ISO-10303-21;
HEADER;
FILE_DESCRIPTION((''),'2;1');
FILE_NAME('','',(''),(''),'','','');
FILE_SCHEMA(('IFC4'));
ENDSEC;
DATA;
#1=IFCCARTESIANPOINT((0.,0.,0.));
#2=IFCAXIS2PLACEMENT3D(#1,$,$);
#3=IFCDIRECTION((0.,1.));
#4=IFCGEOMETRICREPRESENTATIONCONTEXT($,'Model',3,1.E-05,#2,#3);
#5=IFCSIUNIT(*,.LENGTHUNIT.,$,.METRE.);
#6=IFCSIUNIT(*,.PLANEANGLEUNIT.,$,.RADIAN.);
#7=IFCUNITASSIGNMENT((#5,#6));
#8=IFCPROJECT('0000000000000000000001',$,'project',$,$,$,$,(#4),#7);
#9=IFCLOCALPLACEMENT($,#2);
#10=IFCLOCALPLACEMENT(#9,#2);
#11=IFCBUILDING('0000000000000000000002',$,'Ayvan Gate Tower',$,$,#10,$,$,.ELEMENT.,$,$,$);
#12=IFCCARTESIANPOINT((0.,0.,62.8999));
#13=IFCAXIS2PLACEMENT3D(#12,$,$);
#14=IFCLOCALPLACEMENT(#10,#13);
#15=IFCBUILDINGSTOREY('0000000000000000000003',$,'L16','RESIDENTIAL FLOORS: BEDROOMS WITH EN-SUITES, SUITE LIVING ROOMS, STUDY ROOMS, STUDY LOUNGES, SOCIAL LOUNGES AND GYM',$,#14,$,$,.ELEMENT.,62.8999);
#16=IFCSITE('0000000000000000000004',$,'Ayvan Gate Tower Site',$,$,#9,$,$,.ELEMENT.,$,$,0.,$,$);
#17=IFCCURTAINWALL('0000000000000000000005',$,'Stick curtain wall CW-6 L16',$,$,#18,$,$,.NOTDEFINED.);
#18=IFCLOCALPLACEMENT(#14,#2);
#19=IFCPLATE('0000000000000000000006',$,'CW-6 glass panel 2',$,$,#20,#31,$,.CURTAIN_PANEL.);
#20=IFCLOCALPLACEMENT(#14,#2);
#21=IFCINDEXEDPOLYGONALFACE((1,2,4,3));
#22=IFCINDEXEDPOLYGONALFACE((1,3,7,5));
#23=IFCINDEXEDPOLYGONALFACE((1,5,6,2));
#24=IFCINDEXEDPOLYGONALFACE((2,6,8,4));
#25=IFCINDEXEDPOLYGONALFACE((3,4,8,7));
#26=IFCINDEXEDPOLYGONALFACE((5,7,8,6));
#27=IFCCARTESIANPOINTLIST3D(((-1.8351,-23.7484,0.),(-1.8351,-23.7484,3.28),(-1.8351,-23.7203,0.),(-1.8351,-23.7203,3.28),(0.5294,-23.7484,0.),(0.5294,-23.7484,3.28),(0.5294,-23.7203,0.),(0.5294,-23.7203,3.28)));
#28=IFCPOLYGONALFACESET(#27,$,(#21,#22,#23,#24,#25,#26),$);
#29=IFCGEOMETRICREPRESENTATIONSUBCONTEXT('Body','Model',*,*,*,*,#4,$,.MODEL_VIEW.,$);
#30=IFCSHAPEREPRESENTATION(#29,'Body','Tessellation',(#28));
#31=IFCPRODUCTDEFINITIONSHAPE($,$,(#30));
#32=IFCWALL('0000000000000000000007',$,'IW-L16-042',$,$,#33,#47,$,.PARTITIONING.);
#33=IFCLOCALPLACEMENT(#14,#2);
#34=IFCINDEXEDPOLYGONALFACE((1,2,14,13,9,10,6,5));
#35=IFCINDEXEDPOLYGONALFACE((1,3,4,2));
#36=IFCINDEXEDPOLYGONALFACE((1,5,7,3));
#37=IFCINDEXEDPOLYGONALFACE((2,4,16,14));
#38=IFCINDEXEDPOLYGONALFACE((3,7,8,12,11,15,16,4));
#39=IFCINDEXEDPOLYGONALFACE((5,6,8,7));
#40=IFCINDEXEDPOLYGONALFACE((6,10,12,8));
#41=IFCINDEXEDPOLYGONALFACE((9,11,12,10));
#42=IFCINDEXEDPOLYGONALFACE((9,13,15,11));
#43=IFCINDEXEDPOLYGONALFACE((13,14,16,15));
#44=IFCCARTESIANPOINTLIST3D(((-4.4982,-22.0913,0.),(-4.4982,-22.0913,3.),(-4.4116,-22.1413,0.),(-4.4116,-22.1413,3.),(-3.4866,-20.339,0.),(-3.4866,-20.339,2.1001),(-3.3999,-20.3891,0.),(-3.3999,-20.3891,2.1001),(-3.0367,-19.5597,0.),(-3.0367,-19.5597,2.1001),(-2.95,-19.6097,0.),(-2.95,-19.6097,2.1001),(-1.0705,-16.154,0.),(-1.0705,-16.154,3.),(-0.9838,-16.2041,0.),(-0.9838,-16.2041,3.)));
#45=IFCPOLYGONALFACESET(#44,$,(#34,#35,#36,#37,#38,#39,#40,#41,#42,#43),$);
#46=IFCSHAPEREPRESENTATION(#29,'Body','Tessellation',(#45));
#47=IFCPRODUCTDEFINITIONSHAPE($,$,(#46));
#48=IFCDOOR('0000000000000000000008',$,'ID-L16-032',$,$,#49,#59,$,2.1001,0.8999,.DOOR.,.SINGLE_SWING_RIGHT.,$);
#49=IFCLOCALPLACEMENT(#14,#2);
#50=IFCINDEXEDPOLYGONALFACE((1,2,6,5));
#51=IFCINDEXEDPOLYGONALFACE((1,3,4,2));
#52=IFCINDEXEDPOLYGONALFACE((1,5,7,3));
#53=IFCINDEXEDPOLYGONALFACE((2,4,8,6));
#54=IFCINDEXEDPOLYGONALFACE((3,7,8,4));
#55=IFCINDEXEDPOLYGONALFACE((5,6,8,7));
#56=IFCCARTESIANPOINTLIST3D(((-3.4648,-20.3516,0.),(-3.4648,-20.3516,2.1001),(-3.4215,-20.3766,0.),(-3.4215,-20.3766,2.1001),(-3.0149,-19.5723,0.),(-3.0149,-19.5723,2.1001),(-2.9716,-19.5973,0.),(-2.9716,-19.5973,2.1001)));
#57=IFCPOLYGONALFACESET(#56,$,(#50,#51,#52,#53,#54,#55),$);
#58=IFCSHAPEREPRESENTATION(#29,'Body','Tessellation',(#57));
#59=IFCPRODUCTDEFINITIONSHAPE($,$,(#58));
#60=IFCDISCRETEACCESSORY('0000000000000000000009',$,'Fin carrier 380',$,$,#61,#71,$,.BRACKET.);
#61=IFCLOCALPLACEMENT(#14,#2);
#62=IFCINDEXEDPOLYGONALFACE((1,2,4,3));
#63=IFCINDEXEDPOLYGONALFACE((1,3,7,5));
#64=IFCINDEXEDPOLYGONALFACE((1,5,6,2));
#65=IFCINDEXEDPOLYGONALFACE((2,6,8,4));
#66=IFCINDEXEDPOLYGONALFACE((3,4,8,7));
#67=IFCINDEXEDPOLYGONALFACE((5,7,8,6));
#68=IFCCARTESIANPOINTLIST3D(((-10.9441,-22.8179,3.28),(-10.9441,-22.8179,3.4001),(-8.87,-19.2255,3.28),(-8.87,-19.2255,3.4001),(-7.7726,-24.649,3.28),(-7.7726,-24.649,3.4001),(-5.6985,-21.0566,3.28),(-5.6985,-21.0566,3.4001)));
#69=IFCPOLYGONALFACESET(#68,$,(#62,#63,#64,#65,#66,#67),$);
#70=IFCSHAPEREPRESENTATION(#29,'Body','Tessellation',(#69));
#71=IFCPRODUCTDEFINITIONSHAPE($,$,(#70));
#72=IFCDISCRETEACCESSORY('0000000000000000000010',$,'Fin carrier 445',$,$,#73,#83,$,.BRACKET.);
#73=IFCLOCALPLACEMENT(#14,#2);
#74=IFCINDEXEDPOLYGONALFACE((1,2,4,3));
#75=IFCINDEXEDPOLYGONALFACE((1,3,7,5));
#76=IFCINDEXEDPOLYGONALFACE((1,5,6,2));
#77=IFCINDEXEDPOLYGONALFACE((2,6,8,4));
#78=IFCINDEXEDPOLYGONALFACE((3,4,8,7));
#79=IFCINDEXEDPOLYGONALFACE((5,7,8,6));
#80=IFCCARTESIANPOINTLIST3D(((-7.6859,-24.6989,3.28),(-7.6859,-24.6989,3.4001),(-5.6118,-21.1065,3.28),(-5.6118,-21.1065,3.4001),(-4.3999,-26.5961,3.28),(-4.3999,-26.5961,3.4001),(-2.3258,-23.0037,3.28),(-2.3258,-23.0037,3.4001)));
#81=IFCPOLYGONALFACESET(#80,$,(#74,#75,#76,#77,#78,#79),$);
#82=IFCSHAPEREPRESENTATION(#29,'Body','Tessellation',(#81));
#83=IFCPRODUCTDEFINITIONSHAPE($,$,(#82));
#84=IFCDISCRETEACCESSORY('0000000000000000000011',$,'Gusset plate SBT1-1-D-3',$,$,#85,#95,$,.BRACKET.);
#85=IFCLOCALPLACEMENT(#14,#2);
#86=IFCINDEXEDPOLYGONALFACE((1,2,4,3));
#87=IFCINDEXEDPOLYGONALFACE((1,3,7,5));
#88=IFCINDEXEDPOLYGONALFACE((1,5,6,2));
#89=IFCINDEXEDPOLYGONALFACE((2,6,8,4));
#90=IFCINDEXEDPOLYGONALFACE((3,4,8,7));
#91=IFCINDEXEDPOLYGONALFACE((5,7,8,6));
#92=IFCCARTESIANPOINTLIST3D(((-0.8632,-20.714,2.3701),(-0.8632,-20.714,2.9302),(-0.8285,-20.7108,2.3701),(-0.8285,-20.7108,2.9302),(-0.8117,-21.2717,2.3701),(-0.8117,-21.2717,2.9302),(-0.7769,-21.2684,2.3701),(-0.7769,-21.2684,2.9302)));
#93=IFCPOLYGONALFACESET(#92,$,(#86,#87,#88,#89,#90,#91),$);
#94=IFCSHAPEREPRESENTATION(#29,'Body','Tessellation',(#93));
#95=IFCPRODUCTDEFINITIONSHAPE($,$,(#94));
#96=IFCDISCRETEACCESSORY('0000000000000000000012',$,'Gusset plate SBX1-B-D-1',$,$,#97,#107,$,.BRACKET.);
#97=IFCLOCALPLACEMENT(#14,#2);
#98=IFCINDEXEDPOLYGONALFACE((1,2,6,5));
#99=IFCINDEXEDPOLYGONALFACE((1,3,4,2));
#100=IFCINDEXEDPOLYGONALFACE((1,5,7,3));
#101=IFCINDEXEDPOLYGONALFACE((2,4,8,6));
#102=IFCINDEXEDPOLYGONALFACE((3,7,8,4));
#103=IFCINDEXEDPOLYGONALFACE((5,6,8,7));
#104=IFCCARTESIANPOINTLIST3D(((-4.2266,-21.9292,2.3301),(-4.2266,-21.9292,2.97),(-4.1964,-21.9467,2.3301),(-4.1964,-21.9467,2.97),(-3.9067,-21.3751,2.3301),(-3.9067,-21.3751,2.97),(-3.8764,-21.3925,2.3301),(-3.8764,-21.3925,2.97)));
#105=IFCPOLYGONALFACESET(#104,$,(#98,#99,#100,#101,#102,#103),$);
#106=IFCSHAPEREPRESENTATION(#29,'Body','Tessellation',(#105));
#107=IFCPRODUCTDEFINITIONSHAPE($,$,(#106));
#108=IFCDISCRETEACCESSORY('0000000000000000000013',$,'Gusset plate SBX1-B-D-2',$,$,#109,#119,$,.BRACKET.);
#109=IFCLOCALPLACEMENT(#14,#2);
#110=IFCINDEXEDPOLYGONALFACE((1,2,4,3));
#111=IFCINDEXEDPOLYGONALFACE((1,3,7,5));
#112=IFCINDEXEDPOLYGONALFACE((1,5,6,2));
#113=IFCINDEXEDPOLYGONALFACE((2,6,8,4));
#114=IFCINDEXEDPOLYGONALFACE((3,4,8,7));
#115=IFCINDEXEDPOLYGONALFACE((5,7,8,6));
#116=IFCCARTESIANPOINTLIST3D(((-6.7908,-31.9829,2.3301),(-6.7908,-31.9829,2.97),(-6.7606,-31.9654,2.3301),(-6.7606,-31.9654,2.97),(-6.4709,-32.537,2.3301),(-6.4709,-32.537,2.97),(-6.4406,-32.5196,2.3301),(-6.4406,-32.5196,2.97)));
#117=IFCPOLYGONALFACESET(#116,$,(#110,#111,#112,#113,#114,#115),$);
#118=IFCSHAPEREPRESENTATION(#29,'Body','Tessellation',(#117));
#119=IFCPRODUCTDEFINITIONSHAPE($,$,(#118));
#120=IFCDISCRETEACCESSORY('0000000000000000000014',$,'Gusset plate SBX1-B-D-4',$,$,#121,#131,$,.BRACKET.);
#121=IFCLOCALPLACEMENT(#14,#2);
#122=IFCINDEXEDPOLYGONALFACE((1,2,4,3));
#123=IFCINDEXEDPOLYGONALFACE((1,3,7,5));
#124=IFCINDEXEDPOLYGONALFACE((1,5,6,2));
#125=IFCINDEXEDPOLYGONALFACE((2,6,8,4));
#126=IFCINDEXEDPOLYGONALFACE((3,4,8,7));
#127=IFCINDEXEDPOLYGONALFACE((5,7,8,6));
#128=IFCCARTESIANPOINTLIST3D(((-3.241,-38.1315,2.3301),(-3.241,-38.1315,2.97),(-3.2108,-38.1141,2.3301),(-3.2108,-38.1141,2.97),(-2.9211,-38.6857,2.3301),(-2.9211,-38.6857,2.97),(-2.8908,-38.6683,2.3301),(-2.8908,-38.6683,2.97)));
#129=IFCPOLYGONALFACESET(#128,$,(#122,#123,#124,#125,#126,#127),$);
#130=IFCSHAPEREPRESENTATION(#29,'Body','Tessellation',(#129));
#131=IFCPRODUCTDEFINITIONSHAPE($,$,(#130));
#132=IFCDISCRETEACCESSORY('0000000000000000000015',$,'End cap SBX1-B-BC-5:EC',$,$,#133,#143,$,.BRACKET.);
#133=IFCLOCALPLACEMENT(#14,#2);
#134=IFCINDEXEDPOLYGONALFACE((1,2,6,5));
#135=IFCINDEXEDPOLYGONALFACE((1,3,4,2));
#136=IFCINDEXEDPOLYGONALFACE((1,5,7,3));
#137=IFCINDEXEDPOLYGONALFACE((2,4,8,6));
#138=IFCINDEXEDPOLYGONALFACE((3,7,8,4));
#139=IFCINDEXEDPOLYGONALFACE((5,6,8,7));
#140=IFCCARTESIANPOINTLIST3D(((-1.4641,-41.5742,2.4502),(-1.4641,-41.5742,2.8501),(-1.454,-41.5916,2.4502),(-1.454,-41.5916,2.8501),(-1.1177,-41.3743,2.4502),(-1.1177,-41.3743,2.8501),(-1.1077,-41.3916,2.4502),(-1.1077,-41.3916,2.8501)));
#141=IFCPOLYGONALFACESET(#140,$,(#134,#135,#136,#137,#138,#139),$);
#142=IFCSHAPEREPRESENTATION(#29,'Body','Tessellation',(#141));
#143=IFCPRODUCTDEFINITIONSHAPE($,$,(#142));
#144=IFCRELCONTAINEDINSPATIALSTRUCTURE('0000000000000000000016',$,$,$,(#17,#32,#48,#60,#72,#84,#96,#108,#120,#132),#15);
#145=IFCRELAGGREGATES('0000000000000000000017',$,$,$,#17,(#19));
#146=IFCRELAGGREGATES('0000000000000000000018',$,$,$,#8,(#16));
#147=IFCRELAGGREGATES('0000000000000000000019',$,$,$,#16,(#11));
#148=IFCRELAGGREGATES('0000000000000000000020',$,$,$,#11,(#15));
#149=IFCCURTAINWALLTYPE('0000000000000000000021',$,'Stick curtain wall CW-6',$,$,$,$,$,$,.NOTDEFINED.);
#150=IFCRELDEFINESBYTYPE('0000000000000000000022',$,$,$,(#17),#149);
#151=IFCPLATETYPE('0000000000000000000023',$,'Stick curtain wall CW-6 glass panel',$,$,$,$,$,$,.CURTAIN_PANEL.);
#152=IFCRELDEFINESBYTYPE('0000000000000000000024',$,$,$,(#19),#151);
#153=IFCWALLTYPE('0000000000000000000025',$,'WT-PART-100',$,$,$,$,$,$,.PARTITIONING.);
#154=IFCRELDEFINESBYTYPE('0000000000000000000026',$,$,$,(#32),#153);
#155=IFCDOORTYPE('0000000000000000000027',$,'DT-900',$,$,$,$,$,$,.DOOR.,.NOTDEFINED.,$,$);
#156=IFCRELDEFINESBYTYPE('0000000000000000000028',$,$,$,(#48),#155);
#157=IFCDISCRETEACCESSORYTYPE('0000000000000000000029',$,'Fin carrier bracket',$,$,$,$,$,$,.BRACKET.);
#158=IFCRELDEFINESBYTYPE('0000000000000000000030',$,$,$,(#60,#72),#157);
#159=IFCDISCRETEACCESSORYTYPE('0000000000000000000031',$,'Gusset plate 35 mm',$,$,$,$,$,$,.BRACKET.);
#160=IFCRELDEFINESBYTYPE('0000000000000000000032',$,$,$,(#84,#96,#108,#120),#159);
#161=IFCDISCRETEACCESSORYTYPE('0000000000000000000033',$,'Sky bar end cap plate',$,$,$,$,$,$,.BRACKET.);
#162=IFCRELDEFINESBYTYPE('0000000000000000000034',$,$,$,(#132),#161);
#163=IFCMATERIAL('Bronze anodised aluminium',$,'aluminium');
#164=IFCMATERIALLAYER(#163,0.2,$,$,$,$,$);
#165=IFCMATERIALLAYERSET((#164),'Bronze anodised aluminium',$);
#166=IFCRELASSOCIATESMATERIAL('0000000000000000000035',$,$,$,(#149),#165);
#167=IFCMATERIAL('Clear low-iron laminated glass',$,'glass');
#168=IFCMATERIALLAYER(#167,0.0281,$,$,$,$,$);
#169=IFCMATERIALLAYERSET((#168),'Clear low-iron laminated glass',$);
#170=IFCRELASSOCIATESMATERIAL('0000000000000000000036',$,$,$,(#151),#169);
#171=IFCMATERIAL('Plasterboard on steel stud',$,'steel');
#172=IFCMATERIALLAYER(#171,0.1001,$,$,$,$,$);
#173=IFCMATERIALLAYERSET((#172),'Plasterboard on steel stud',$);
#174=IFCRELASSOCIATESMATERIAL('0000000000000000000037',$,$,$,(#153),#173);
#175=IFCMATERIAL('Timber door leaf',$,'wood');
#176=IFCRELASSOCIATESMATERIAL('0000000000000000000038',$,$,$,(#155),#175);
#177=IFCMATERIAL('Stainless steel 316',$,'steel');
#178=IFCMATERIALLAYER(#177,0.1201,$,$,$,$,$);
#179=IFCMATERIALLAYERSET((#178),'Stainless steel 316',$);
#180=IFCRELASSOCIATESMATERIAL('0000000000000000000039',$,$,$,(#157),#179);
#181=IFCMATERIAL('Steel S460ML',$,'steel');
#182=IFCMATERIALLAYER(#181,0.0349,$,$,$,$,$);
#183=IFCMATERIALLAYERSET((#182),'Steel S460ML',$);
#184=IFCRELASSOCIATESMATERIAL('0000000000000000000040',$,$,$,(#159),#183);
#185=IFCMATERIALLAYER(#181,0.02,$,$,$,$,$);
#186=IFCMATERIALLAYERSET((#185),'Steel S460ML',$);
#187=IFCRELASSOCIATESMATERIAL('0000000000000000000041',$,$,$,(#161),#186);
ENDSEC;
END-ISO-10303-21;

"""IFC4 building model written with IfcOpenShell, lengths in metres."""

from ifc_helpers import new_model, si_unit, direction, frame, frame_2d, origin, origin_2d, place, context, subcontext, project, spatial, rectangle, extrude, material, layer, layer_set, type_object, element, fill, aggregate, save


model = new_model("IFC4")

# Units and contexts
model_context = context("Model", 3, precision=1e-05, world=origin(), true_north=direction((0.0, 1.0)))
body_context = subcontext(model_context, "Body", "Model", "MODEL_VIEW")
ifc_project = project(units=[si_unit("LENGTHUNIT", "METRE"), si_unit("PLANEANGLEUNIT", "RADIAN")], contexts=[model_context])

# Site, building, storey
site_placement = place(None, origin())
site = spatial("IfcSite", under=ifc_project, at=site_placement, Name="Ayvan Gate Tower Site", CompositionType="ELEMENT", RefElevation=0.0)
building_placement = place(site_placement, origin())
building = spatial("IfcBuilding", under=site, at=building_placement, Name="Ayvan Gate Tower", CompositionType="ELEMENT")
storey_placement = place(building_placement, frame((0.0, 0.0, 62.8999)))
storey = spatial("IfcBuildingStorey", under=building, at=storey_placement, Name="L16", Description="RESIDENTIAL FLOORS: BEDROOMS WITH EN-SUITES, SUITE LIVING ROOMS, STUDY ROOMS, STUDY LOUNGES, SOCIAL LOUNGES AND GYM", CompositionType="ELEMENT", Elevation=62.8999)

# Curtain wall
ifc_material_1 = material(Name="Bronze anodised aluminium", Category="aluminium")
ifc_layer_1 = layer(ifc_material_1, 0.2)
ifc_layer_set_1 = layer_set([ifc_layer_1], Name="Bronze anodised aluminium")
curtain_wall_type_1 = type_object("IfcCurtainWallType", Name="Stick curtain wall CW-6", PredefinedType="NOTDEFINED", material=ifc_layer_set_1)
curtain_wall_1_placement = place(storey_placement, origin())
curtain_wall_1 = element("IfcCurtainWall", 1, at=curtain_wall_1_placement, inside=storey, type_object=curtain_wall_type_1, Name="Stick curtain wall CW-6 L16", PredefinedType="NOTDEFINED")

# Plate
ifc_material_2 = material(Name="Clear low-iron laminated glass", Category="glass")
ifc_layer_2 = layer(ifc_material_2, 0.0281)
ifc_layer_set_2 = layer_set([ifc_layer_2], Name="Clear low-iron laminated glass")
plate_type_1 = type_object("IfcPlateType", Name="Stick curtain wall CW-6 glass panel", PredefinedType="CURTAIN_PANEL", material=ifc_layer_set_2)
plate_1_placement = place(storey_placement, frame((-0.6528, -23.7344, 0.0), z_axis=(0.0, 0.0, 1.0), x_axis=(1.0, 0.0, 0.0)))
plate_1 = element("IfcPlate", 2, at=plate_1_placement, type_object=plate_type_1, Name="CW-6 glass panel 2", PredefinedType="CURTAIN_PANEL", context=body_context, shape_type="SweptSolid", body=[
    extrude(rectangle(XDim=2.3645, YDim=0.0281, at=origin_2d()), origin(), (0.0, 0.0, 1.0), 3.28),
])
aggregate(curtain_wall_1, [plate_1])

# Wall, opening, door
ifc_material_3 = material(Name="Plasterboard on steel stud", Category="steel")
ifc_layer_3 = layer(ifc_material_3, 0.1001)
ifc_layer_set_3 = layer_set([ifc_layer_3], Name="Plasterboard on steel stud")
wall_type = type_object("IfcWallType", Name="WT-PART-100", PredefinedType="PARTITIONING", material=ifc_layer_set_3)
wall_placement = place(storey_placement, frame((-4.4548, -22.1162, 0.0), z_axis=(0.0, 0.0, 1.0), x_axis=(0.499984, 0.866034, 0.0)))
wall = element("IfcWall", 3, at=wall_placement, inside=storey, type_object=wall_type, Name="IW-L16-042", PredefinedType="PARTITIONING", context=body_context, shape_type="SweptSolid", body=[
    extrude(rectangle(XDim=6.8557, YDim=0.1001, at=frame_2d((3.4277, 0.0))), origin(), (0.0, 0.0, 1.0), 3.0),
])
opening_placement = place(wall_placement, frame((2.0232, 0.0, 0.0)))
opening = element("IfcOpeningElement", 4, at=opening_placement, cuts=wall, PredefinedType="OPENING", context=body_context, shape_type="SweptSolid", body=[
    extrude(rectangle(XDim=0.8999, YDim=2.1001, at=frame_2d((0.45, 1.05))), frame((0.0, 0.0601, 0.0), z_axis=(0.0, -1.0, 0.0), x_axis=(1.0, 0.0, 0.0)), (0.0, 0.0, 1.0), 0.1201),
])
ifc_material_4 = material(Name="Timber door leaf", Category="wood")
door_type = type_object("IfcDoorType", Name="DT-900", OperationType="NOTDEFINED", PredefinedType="DOOR", material=ifc_material_4)
door_placement = place(opening_placement, origin())
door = element("IfcDoor", 5, at=door_placement, inside=storey, type_object=door_type, Name="ID-L16-032", OperationType="SINGLE_SWING_RIGHT", OverallHeight=2.1001, OverallWidth=0.8999, PredefinedType="DOOR", context=body_context, shape_type="SweptSolid", body=[
    extrude(rectangle(XDim=0.8999, YDim=2.1001, at=frame_2d((0.45, 1.05))), frame((0.0, 0.0249, 0.0), z_axis=(0.0, -1.0, 0.0), x_axis=(1.0, 0.0, 0.0)), (0.0, 0.0, 1.0), 0.05),
])
fill(opening, door)

# Discrete accessories
ifc_material_5 = material(Name="Stainless steel 316", Category="steel")
ifc_layer_4 = layer(ifc_material_5, 0.1201)
ifc_layer_set_4 = layer_set([ifc_layer_4], Name="Stainless steel 316")
discrete_accessory_type_1 = type_object("IfcDiscreteAccessoryType", Name="Fin carrier bracket", PredefinedType="BRACKET", material=ifc_layer_set_4)
discrete_accessory_1_placement = place(storey_placement, frame((-8.3213, -21.9373, 3.28), z_axis=(0.0, 0.0, 1.0), x_axis=(0.866025, -0.5, 0.0)))
element("IfcDiscreteAccessory", 6, at=discrete_accessory_1_placement, inside=storey, type_object=discrete_accessory_type_1, Name="Fin carrier 380", PredefinedType="BRACKET", context=body_context, shape_type="SweptSolid", body=[
    extrude(rectangle(XDim=3.6621, YDim=4.1482, at=origin_2d()), origin(), (0.0, 0.0, 1.0), 0.1201),
])
discrete_accessory_2_placement = place(storey_placement, frame((-5.0059, -23.8513, 3.28), z_axis=(0.0, 0.0, 1.0), x_axis=(0.866025, -0.5, 0.0)))
element("IfcDiscreteAccessory", 7, at=discrete_accessory_2_placement, inside=storey, type_object=discrete_accessory_type_1, Name="Fin carrier 445", PredefinedType="BRACKET", context=body_context, shape_type="SweptSolid", body=[
    extrude(rectangle(XDim=3.7944, YDim=4.1482, at=origin_2d()), origin(), (0.0, 0.0, 1.0), 0.1201),
])
ifc_material_6 = material(Name="Steel S460ML", Category="steel")
ifc_layer_5 = layer(ifc_material_6, 0.0349)
ifc_layer_set_5 = layer_set([ifc_layer_5], Name="Steel S460ML")
discrete_accessory_type_2 = type_object("IfcDiscreteAccessoryType", Name="Gusset plate 35 mm", PredefinedType="BRACKET", material=ifc_layer_set_5)
discrete_accessory_3_placement = place(storey_placement, frame((-0.8201, -20.9912, 2.3701), z_axis=(0.0, 0.0, 1.0), x_axis=(-0.092119, 0.995748, 0.0)))
element("IfcDiscreteAccessory", 8, at=discrete_accessory_3_placement, inside=storey, type_object=discrete_accessory_type_2, Name="Gusset plate SBT1-1-D-3", PredefinedType="BRACKET", context=body_context, shape_type="SweptSolid", body=[
    extrude(rectangle(XDim=0.5601, YDim=0.0349, at=origin_2d()), origin(), (0.0, 0.0, 1.0), 0.5601),
])
for number, where, z_axis, x_axis, name in (
    (9, (-4.0515, -21.6609, 2.3301), (0.0, 0.0, 1.0), (0.5, 0.866025, 0.0), "Gusset plate SBX1-B-D-1"),
    (10, (-6.6157, -32.2512, 2.3301), (0.0, 0.0, 1.0), (-0.5, 0.866025, 0.0), "Gusset plate SBX1-B-D-2"),
    (11, (-3.0659, -38.3999, 2.3301), (0.0, 0.0, 1.0), (-0.5, 0.866025, 0.0), "Gusset plate SBX1-B-D-4"),
):
    element("IfcDiscreteAccessory", number, at=place(storey_placement, frame(where, z_axis=z_axis, x_axis=x_axis)), inside=storey, type_object=discrete_accessory_type_2, Name=name, PredefinedType="BRACKET", context=body_context, shape_type="SweptSolid", body=[
        extrude(rectangle(XDim=0.6399, YDim=0.0349, at=origin_2d()), origin(), (0.0, 0.0, 1.0), 0.6399),
    ])
ifc_layer_6 = layer(ifc_material_6, 0.02)
ifc_layer_set_6 = layer_set([ifc_layer_6], Name="Steel S460ML")
discrete_accessory_type_3 = type_object("IfcDiscreteAccessoryType", Name="Sky bar end cap plate", PredefinedType="BRACKET", material=ifc_layer_set_6)
discrete_accessory_4_placement = place(storey_placement, frame((-1.2859, -41.4829, 2.4502), z_axis=(0.0, 0.0, 1.0), x_axis=(0.5, -0.866025, 0.0)))
element("IfcDiscreteAccessory", 12, at=discrete_accessory_4_placement, inside=storey, type_object=discrete_accessory_type_3, Name="End cap SBX1-B-BC-5:EC", PredefinedType="BRACKET", context=body_context, shape_type="SweptSolid", body=[
    extrude(rectangle(XDim=0.02, YDim=0.3999, at=origin_2d()), origin(), (0.0, 0.0, 1.0), 0.3999),
])

save(model, "model.ifc")
